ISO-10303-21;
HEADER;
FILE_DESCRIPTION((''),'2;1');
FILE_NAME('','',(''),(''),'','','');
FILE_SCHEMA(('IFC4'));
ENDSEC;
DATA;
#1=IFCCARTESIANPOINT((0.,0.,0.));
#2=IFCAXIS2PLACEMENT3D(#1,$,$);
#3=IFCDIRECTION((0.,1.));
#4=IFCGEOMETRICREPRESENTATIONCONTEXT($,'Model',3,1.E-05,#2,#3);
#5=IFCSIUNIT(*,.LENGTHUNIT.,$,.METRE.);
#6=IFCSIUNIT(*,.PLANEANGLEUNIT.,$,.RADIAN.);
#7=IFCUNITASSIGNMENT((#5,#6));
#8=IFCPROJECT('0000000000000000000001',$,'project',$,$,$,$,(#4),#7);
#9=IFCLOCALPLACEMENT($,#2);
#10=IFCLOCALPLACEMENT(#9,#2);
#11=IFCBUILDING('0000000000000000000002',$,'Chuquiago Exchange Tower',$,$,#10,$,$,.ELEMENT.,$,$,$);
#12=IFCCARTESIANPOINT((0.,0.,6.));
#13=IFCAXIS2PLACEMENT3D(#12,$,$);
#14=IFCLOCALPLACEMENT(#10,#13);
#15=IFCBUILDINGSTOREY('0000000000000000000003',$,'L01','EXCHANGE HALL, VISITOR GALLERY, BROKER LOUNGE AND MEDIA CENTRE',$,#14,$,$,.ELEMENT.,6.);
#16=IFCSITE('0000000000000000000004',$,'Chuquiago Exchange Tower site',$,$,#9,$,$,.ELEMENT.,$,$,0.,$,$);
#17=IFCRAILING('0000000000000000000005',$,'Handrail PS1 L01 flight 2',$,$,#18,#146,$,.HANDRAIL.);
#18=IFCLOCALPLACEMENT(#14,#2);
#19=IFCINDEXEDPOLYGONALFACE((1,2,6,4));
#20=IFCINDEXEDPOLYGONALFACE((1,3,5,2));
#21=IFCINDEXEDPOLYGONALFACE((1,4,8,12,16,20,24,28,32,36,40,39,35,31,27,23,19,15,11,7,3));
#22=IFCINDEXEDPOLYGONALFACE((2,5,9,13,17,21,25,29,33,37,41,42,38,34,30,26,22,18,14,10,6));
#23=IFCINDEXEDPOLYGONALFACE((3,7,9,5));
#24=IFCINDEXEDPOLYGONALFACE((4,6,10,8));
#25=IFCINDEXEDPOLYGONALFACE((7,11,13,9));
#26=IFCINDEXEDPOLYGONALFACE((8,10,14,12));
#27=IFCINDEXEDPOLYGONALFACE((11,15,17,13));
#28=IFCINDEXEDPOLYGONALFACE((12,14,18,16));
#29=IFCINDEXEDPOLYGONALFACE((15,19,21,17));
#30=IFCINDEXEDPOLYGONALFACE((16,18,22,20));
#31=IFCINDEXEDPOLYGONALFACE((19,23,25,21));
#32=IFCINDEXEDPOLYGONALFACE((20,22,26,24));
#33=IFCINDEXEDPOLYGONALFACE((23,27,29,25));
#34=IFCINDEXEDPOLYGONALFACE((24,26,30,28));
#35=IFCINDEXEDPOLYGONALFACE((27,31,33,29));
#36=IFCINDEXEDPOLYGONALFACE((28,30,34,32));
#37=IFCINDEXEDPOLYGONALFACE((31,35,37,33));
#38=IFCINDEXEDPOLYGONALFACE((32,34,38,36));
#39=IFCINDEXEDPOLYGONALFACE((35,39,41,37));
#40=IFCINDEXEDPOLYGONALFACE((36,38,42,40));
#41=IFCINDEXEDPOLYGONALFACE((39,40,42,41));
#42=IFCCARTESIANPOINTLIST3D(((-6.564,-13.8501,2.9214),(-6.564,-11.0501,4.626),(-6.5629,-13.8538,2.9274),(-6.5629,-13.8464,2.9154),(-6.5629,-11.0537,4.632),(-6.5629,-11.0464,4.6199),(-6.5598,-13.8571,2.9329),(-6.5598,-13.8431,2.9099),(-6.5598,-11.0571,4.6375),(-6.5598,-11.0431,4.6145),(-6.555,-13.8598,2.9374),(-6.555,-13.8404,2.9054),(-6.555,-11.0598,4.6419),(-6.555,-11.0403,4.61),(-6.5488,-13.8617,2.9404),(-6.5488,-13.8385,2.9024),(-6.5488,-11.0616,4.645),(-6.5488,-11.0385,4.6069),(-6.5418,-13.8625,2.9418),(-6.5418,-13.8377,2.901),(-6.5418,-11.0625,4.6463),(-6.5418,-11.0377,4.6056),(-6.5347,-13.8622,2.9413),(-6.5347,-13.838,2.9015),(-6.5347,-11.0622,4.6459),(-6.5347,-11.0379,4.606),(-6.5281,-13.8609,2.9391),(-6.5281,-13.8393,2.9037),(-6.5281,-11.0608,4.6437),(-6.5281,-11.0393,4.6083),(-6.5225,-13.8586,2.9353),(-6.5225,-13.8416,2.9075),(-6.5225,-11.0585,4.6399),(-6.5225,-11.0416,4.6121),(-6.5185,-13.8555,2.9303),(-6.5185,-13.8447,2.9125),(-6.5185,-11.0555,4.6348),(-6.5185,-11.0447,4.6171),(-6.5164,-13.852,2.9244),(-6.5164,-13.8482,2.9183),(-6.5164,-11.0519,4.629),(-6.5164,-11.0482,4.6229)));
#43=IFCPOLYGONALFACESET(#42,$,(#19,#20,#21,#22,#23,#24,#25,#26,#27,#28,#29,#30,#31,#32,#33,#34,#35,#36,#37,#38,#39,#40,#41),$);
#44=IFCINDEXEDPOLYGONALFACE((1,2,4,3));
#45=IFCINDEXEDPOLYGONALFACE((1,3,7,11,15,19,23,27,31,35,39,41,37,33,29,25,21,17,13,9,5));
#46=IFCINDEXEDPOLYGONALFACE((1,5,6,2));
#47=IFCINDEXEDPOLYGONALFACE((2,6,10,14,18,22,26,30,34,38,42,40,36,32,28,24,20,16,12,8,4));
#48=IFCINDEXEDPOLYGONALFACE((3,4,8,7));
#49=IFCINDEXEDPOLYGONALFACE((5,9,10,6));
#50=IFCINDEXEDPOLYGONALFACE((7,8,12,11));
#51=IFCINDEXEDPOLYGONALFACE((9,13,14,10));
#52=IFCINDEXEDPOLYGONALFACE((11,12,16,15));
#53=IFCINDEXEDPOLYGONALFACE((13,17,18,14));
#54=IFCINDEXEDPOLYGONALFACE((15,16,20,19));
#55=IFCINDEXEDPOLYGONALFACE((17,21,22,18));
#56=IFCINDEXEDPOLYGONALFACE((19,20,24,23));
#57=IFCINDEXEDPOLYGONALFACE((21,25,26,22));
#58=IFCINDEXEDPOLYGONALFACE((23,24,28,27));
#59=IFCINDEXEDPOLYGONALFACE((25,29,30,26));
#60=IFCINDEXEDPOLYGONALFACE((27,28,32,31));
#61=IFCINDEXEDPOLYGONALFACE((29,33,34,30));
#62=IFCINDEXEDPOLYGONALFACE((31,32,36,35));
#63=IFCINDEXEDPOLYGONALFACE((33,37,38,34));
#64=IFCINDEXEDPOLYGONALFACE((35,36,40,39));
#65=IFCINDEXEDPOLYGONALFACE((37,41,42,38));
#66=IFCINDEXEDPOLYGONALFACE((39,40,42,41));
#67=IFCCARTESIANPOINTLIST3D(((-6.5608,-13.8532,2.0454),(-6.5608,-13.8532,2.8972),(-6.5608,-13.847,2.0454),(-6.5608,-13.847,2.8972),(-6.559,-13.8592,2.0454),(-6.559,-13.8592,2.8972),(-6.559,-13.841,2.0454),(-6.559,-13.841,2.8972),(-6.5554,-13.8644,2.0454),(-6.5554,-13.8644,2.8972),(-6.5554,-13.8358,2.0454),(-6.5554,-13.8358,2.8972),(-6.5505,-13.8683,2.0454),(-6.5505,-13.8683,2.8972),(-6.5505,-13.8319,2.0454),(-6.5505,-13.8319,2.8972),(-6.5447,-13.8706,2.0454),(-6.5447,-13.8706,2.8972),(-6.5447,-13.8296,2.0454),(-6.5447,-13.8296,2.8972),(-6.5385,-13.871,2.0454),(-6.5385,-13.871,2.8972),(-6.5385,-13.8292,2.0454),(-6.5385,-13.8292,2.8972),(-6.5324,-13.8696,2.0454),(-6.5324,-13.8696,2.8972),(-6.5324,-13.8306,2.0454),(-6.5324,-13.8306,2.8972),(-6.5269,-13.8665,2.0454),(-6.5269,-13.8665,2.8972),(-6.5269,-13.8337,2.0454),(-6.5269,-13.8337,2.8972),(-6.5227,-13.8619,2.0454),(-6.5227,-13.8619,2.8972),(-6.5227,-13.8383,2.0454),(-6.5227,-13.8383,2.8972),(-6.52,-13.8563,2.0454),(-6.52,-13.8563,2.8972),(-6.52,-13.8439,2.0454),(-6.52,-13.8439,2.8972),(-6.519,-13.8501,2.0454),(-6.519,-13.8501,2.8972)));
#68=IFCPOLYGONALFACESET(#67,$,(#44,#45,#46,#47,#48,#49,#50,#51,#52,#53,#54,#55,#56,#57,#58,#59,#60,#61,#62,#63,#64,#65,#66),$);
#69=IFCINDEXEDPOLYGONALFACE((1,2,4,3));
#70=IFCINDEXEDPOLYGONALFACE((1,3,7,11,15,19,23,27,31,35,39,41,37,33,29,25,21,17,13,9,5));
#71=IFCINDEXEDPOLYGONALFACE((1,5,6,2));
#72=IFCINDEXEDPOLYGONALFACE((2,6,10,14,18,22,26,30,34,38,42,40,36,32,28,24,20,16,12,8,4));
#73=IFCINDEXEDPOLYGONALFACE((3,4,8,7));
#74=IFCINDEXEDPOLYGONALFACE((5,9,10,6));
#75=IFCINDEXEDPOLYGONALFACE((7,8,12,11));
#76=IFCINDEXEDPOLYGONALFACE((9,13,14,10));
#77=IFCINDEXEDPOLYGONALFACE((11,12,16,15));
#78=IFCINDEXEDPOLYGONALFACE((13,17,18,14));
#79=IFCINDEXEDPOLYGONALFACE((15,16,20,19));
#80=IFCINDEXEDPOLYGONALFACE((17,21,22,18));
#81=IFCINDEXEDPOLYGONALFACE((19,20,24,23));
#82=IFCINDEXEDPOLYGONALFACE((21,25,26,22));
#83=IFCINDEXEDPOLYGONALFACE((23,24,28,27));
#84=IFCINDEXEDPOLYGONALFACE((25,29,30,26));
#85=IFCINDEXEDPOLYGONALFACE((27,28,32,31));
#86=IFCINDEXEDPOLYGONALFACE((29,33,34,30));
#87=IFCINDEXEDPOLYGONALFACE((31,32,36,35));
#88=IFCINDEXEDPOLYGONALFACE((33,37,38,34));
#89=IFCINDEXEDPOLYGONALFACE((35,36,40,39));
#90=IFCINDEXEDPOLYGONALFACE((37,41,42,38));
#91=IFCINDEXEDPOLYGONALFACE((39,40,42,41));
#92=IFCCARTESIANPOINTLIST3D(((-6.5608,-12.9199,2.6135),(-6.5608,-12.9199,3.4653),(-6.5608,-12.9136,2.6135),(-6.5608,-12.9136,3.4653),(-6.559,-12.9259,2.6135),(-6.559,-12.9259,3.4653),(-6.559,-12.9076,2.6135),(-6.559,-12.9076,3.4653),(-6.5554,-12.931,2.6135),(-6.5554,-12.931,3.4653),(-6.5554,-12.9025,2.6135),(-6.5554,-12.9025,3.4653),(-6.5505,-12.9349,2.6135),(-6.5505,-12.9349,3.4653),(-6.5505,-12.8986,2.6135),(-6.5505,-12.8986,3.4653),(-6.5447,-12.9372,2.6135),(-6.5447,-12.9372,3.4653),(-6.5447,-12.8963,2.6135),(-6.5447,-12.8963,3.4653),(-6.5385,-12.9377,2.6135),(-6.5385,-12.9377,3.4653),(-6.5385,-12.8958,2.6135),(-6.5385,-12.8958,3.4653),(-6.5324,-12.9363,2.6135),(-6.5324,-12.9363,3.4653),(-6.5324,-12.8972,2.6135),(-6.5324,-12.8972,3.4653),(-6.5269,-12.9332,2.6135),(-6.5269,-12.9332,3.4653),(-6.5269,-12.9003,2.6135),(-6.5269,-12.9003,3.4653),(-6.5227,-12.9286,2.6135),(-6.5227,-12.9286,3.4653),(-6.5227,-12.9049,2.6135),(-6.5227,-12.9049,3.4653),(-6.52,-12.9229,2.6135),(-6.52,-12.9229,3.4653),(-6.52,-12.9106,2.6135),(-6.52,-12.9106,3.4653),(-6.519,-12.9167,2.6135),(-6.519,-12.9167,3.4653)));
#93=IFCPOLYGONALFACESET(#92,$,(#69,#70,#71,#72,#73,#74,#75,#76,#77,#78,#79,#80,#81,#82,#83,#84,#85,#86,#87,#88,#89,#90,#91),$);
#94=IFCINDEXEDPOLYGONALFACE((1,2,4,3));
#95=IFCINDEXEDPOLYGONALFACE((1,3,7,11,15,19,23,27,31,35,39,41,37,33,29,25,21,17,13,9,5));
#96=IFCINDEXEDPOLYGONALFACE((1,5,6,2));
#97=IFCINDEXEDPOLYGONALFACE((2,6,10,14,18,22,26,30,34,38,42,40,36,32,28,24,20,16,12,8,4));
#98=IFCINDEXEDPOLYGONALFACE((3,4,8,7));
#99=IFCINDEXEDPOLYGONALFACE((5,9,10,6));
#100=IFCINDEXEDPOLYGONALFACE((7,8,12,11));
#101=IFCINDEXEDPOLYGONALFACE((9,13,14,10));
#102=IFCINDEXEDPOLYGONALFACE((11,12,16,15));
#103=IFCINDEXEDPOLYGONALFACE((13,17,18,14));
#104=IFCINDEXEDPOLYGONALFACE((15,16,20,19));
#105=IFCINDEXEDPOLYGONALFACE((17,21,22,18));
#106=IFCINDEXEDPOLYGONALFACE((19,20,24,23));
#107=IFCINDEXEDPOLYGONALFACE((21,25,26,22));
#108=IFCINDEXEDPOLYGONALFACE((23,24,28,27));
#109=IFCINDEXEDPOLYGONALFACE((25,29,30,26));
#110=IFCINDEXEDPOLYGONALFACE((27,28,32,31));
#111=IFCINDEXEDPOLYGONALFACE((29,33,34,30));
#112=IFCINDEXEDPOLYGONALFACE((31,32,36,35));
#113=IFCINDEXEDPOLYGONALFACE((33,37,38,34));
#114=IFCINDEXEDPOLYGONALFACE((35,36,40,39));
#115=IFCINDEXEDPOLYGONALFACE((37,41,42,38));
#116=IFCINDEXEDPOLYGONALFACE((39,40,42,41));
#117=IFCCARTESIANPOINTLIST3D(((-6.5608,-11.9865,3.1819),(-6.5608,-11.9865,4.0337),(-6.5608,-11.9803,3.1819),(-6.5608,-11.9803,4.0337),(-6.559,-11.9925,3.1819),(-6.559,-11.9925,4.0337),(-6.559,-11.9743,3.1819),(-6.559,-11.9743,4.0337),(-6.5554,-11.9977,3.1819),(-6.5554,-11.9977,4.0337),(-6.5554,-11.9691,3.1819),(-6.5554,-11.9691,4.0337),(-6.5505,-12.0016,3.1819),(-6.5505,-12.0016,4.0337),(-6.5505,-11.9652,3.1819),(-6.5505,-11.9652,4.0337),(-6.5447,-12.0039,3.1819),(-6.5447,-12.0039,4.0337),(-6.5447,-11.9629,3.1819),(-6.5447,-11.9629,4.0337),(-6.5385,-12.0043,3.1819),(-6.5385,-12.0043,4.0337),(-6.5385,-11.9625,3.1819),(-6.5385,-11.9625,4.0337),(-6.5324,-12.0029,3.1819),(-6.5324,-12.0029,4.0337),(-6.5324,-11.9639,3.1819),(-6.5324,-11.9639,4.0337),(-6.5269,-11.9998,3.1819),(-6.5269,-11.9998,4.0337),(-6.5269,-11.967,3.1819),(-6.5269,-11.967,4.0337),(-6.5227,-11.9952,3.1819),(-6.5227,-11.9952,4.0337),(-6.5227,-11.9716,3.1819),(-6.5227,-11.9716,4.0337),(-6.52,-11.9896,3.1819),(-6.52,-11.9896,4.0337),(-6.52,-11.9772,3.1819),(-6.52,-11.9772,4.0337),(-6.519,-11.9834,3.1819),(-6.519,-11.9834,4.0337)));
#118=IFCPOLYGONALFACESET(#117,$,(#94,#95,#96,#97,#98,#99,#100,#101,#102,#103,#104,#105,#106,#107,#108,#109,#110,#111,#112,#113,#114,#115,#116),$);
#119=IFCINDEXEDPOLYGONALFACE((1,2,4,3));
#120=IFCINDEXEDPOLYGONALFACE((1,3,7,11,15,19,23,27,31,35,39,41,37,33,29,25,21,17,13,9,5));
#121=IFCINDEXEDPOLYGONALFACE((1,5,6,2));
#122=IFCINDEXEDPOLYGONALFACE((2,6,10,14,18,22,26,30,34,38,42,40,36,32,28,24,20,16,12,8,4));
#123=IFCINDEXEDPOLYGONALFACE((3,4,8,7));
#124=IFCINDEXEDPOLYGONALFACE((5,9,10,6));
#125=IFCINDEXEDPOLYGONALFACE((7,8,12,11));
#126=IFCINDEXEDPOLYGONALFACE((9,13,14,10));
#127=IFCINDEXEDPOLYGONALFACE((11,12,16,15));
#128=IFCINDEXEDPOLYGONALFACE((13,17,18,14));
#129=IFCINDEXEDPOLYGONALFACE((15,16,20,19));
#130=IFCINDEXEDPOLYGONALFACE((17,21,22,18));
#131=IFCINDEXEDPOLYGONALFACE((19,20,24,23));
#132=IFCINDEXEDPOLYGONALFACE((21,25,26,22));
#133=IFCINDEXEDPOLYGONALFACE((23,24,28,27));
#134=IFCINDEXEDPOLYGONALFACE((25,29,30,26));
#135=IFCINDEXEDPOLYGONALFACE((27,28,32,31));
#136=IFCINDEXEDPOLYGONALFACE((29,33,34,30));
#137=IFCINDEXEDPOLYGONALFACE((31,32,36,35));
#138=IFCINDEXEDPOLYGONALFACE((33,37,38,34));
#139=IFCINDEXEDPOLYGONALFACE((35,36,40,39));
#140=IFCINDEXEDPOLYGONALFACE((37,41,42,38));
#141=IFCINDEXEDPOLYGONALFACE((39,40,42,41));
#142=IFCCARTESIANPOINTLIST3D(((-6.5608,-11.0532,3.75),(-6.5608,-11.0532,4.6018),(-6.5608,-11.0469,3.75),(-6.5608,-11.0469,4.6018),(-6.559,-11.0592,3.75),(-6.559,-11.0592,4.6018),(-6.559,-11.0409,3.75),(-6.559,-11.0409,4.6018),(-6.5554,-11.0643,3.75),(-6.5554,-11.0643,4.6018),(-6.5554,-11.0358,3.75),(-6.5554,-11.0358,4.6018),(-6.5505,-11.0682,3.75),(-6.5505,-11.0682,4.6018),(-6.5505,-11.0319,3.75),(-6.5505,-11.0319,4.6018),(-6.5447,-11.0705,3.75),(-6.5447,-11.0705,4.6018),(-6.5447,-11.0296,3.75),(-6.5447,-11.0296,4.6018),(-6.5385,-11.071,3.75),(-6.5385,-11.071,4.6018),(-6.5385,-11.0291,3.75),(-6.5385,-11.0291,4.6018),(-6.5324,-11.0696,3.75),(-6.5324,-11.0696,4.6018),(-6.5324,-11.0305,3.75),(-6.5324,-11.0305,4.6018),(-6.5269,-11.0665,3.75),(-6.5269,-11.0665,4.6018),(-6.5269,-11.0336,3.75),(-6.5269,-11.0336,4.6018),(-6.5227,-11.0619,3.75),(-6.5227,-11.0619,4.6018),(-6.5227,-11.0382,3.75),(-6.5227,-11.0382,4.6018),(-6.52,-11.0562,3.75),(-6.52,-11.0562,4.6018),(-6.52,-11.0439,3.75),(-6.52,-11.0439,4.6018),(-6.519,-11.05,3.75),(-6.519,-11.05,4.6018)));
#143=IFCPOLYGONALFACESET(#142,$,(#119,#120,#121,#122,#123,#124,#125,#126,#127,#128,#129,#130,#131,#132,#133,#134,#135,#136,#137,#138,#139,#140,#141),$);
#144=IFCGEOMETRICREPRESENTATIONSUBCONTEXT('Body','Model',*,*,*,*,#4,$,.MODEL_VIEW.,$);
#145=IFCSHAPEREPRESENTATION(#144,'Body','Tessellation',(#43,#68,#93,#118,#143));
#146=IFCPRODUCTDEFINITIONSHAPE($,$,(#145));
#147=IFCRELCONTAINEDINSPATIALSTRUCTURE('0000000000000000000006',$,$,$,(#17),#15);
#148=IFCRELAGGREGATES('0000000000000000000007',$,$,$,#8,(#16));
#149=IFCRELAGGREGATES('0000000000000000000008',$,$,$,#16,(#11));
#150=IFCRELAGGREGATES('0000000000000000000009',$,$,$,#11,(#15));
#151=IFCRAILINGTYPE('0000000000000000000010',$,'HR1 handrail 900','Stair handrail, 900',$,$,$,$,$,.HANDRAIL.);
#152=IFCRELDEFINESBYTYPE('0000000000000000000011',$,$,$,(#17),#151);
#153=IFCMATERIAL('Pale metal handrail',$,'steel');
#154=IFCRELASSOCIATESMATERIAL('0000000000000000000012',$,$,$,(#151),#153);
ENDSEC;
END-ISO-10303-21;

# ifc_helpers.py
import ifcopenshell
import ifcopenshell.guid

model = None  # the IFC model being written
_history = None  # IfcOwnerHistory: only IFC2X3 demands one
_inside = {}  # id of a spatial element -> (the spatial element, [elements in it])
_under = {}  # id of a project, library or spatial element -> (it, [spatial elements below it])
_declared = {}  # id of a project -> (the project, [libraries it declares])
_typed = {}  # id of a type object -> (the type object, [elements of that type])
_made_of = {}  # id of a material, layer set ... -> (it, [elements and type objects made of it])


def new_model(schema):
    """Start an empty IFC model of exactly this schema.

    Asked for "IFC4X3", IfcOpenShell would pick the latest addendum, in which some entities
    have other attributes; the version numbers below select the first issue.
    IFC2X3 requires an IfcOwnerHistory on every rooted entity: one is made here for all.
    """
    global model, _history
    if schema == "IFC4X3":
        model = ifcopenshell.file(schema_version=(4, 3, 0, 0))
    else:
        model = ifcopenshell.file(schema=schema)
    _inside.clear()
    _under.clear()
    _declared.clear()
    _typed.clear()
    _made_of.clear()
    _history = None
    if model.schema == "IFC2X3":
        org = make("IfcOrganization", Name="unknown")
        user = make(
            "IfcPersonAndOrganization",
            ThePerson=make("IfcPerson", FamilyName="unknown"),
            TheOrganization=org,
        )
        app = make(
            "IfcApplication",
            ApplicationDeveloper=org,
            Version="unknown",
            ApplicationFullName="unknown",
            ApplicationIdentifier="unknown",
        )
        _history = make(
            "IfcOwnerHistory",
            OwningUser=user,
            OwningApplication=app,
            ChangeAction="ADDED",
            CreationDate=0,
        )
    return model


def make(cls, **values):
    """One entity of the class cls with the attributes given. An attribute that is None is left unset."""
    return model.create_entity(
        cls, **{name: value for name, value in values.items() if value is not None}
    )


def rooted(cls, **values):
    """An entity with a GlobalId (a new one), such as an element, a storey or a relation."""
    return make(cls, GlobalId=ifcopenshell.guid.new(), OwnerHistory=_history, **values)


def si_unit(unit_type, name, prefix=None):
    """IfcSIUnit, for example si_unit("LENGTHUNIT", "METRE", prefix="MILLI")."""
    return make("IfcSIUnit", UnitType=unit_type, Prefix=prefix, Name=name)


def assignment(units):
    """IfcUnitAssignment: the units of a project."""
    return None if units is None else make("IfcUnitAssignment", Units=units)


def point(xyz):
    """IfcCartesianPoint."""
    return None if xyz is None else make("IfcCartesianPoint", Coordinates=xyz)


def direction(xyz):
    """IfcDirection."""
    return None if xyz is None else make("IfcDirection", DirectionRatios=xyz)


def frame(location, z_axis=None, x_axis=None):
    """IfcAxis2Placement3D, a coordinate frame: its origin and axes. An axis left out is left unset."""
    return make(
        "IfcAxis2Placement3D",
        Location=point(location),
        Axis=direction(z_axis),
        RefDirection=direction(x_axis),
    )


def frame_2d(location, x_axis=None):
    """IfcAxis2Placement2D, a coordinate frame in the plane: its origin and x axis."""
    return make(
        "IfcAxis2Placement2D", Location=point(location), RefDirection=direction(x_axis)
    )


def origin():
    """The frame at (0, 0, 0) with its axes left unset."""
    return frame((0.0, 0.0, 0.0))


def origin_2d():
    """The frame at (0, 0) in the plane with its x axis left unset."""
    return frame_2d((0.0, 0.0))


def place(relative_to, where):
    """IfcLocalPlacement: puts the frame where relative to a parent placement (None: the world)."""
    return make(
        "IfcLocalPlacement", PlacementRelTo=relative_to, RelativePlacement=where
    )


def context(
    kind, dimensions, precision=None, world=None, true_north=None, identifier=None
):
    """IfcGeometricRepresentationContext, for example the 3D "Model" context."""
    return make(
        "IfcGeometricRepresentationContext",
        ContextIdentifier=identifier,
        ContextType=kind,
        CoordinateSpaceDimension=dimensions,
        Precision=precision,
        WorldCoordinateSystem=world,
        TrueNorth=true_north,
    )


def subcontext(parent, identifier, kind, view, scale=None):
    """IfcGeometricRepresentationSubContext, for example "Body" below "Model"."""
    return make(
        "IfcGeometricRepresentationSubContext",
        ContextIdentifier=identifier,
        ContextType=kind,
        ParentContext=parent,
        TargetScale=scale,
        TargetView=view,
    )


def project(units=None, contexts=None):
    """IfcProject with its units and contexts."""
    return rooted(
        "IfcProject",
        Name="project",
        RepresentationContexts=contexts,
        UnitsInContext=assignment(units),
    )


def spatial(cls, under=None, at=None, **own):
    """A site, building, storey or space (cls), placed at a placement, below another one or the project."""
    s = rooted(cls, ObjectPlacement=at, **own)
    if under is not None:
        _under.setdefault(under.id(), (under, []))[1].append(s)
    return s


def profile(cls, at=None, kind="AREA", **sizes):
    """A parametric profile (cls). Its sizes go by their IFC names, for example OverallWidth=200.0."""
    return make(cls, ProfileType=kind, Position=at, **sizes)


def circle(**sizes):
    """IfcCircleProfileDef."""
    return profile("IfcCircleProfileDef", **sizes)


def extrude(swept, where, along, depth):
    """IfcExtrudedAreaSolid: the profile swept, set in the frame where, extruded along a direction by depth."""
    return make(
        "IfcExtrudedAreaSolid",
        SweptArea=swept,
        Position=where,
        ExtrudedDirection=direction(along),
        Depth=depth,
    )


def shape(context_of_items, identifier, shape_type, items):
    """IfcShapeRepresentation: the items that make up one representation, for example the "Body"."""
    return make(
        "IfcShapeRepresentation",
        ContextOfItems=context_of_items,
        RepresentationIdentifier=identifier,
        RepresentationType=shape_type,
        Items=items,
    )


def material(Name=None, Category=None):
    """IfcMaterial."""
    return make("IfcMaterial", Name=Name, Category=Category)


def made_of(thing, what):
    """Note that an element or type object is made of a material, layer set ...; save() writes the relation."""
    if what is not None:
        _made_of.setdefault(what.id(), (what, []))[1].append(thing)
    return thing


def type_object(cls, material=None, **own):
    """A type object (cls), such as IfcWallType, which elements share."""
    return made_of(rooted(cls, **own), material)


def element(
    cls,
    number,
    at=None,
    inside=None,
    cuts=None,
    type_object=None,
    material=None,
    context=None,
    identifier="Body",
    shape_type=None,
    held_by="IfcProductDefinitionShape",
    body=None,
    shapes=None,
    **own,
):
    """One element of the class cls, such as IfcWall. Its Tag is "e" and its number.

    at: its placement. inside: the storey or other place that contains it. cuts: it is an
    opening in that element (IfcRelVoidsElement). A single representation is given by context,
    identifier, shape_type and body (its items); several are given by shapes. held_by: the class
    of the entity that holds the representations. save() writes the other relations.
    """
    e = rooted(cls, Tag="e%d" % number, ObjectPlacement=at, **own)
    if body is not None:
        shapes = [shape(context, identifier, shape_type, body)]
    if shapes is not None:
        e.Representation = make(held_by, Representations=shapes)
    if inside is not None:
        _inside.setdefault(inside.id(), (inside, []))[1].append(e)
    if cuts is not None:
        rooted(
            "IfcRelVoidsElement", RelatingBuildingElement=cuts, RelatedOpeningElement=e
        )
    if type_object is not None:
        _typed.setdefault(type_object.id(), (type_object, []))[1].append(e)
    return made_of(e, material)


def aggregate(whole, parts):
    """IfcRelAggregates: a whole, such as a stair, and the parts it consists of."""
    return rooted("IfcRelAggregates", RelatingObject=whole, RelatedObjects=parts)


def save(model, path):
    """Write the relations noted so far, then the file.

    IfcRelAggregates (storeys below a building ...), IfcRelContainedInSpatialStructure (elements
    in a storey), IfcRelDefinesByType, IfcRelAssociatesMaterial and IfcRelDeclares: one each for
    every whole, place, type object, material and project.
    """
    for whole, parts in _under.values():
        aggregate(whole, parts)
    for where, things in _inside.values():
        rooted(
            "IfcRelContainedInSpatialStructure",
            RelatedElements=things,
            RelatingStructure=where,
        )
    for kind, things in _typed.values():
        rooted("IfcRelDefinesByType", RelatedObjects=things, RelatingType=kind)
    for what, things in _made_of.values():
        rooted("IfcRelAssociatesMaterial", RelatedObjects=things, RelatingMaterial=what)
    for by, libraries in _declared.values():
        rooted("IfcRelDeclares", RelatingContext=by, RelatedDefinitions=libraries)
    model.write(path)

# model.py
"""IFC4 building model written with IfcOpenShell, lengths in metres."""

from ifc_helpers import new_model, si_unit, direction, frame, origin, origin_2d, place, context, subcontext, project, spatial, circle, extrude, material, type_object, element, save


model = new_model("IFC4")

# Units and contexts
model_context = context("Model", 3, precision=1e-05, world=origin(), true_north=direction((0.0, 1.0)))
body_context = subcontext(model_context, "Body", "Model", "MODEL_VIEW")
ifc_project = project(units=[si_unit("LENGTHUNIT", "METRE"), si_unit("PLANEANGLEUNIT", "RADIAN")], contexts=[model_context])

# Site, building, storey
site_placement = place(None, origin())
site = spatial("IfcSite", under=ifc_project, at=site_placement, Name="Chuquiago Exchange Tower site", CompositionType="ELEMENT", RefElevation=0.0)
building_placement = place(site_placement, origin())
building = spatial("IfcBuilding", under=site, at=building_placement, Name="Chuquiago Exchange Tower", CompositionType="ELEMENT")
storey_placement = place(building_placement, frame((0.0, 0.0, 6.0)))
storey = spatial("IfcBuildingStorey", under=building, at=storey_placement, Name="L01", Description="EXCHANGE HALL, VISITOR GALLERY, BROKER LOUNGE AND MEDIA CENTRE", CompositionType="ELEMENT", Elevation=6.0)

# Railing
ifc_material_1 = material(Name="Pale metal handrail", Category="steel")
railing_type = type_object("IfcRailingType", Name="HR1 handrail 900", Description="Stair handrail, 900", PredefinedType="HANDRAIL", material=ifc_material_1)
for number, where, name in (
    (1, (-6.54, -13.8501, 2.0454), "Handrail PS1 L01 flight 2"),
):
    element("IfcRailing", number, at=place(storey_placement, frame(where)), inside=storey, type_object=railing_type, Name=name, PredefinedType="HANDRAIL", context=body_context, shape_type="SweptSolid", body=[
        extrude(circle(Radius=0.0239, at=origin_2d()), frame((0.0, 0.0, 0.876), z_axis=(0.0, 0.85417, 0.519994), x_axis=(-1.0, 0.0, 0.0)), (0.0, 0.0, 1.0), 3.2781),
        extrude(circle(Radius=0.021, at=origin_2d()), origin(), (0.0, 0.0, 1.0), 0.8518),
        extrude(circle(Radius=0.021, at=origin_2d()), frame((0.0, 0.9333, 0.5681)), (0.0, 0.0, 1.0), 0.8518),
        extrude(circle(Radius=0.021, at=origin_2d()), frame((0.0, 1.8667, 1.1365)), (0.0, 0.0, 1.0), 0.8518),
        extrude(circle(Radius=0.021, at=origin_2d()), frame((0.0, 2.8, 1.7046)), (0.0, 0.0, 1.0), 0.8518),
    ])

save(model, "model.ifc")
